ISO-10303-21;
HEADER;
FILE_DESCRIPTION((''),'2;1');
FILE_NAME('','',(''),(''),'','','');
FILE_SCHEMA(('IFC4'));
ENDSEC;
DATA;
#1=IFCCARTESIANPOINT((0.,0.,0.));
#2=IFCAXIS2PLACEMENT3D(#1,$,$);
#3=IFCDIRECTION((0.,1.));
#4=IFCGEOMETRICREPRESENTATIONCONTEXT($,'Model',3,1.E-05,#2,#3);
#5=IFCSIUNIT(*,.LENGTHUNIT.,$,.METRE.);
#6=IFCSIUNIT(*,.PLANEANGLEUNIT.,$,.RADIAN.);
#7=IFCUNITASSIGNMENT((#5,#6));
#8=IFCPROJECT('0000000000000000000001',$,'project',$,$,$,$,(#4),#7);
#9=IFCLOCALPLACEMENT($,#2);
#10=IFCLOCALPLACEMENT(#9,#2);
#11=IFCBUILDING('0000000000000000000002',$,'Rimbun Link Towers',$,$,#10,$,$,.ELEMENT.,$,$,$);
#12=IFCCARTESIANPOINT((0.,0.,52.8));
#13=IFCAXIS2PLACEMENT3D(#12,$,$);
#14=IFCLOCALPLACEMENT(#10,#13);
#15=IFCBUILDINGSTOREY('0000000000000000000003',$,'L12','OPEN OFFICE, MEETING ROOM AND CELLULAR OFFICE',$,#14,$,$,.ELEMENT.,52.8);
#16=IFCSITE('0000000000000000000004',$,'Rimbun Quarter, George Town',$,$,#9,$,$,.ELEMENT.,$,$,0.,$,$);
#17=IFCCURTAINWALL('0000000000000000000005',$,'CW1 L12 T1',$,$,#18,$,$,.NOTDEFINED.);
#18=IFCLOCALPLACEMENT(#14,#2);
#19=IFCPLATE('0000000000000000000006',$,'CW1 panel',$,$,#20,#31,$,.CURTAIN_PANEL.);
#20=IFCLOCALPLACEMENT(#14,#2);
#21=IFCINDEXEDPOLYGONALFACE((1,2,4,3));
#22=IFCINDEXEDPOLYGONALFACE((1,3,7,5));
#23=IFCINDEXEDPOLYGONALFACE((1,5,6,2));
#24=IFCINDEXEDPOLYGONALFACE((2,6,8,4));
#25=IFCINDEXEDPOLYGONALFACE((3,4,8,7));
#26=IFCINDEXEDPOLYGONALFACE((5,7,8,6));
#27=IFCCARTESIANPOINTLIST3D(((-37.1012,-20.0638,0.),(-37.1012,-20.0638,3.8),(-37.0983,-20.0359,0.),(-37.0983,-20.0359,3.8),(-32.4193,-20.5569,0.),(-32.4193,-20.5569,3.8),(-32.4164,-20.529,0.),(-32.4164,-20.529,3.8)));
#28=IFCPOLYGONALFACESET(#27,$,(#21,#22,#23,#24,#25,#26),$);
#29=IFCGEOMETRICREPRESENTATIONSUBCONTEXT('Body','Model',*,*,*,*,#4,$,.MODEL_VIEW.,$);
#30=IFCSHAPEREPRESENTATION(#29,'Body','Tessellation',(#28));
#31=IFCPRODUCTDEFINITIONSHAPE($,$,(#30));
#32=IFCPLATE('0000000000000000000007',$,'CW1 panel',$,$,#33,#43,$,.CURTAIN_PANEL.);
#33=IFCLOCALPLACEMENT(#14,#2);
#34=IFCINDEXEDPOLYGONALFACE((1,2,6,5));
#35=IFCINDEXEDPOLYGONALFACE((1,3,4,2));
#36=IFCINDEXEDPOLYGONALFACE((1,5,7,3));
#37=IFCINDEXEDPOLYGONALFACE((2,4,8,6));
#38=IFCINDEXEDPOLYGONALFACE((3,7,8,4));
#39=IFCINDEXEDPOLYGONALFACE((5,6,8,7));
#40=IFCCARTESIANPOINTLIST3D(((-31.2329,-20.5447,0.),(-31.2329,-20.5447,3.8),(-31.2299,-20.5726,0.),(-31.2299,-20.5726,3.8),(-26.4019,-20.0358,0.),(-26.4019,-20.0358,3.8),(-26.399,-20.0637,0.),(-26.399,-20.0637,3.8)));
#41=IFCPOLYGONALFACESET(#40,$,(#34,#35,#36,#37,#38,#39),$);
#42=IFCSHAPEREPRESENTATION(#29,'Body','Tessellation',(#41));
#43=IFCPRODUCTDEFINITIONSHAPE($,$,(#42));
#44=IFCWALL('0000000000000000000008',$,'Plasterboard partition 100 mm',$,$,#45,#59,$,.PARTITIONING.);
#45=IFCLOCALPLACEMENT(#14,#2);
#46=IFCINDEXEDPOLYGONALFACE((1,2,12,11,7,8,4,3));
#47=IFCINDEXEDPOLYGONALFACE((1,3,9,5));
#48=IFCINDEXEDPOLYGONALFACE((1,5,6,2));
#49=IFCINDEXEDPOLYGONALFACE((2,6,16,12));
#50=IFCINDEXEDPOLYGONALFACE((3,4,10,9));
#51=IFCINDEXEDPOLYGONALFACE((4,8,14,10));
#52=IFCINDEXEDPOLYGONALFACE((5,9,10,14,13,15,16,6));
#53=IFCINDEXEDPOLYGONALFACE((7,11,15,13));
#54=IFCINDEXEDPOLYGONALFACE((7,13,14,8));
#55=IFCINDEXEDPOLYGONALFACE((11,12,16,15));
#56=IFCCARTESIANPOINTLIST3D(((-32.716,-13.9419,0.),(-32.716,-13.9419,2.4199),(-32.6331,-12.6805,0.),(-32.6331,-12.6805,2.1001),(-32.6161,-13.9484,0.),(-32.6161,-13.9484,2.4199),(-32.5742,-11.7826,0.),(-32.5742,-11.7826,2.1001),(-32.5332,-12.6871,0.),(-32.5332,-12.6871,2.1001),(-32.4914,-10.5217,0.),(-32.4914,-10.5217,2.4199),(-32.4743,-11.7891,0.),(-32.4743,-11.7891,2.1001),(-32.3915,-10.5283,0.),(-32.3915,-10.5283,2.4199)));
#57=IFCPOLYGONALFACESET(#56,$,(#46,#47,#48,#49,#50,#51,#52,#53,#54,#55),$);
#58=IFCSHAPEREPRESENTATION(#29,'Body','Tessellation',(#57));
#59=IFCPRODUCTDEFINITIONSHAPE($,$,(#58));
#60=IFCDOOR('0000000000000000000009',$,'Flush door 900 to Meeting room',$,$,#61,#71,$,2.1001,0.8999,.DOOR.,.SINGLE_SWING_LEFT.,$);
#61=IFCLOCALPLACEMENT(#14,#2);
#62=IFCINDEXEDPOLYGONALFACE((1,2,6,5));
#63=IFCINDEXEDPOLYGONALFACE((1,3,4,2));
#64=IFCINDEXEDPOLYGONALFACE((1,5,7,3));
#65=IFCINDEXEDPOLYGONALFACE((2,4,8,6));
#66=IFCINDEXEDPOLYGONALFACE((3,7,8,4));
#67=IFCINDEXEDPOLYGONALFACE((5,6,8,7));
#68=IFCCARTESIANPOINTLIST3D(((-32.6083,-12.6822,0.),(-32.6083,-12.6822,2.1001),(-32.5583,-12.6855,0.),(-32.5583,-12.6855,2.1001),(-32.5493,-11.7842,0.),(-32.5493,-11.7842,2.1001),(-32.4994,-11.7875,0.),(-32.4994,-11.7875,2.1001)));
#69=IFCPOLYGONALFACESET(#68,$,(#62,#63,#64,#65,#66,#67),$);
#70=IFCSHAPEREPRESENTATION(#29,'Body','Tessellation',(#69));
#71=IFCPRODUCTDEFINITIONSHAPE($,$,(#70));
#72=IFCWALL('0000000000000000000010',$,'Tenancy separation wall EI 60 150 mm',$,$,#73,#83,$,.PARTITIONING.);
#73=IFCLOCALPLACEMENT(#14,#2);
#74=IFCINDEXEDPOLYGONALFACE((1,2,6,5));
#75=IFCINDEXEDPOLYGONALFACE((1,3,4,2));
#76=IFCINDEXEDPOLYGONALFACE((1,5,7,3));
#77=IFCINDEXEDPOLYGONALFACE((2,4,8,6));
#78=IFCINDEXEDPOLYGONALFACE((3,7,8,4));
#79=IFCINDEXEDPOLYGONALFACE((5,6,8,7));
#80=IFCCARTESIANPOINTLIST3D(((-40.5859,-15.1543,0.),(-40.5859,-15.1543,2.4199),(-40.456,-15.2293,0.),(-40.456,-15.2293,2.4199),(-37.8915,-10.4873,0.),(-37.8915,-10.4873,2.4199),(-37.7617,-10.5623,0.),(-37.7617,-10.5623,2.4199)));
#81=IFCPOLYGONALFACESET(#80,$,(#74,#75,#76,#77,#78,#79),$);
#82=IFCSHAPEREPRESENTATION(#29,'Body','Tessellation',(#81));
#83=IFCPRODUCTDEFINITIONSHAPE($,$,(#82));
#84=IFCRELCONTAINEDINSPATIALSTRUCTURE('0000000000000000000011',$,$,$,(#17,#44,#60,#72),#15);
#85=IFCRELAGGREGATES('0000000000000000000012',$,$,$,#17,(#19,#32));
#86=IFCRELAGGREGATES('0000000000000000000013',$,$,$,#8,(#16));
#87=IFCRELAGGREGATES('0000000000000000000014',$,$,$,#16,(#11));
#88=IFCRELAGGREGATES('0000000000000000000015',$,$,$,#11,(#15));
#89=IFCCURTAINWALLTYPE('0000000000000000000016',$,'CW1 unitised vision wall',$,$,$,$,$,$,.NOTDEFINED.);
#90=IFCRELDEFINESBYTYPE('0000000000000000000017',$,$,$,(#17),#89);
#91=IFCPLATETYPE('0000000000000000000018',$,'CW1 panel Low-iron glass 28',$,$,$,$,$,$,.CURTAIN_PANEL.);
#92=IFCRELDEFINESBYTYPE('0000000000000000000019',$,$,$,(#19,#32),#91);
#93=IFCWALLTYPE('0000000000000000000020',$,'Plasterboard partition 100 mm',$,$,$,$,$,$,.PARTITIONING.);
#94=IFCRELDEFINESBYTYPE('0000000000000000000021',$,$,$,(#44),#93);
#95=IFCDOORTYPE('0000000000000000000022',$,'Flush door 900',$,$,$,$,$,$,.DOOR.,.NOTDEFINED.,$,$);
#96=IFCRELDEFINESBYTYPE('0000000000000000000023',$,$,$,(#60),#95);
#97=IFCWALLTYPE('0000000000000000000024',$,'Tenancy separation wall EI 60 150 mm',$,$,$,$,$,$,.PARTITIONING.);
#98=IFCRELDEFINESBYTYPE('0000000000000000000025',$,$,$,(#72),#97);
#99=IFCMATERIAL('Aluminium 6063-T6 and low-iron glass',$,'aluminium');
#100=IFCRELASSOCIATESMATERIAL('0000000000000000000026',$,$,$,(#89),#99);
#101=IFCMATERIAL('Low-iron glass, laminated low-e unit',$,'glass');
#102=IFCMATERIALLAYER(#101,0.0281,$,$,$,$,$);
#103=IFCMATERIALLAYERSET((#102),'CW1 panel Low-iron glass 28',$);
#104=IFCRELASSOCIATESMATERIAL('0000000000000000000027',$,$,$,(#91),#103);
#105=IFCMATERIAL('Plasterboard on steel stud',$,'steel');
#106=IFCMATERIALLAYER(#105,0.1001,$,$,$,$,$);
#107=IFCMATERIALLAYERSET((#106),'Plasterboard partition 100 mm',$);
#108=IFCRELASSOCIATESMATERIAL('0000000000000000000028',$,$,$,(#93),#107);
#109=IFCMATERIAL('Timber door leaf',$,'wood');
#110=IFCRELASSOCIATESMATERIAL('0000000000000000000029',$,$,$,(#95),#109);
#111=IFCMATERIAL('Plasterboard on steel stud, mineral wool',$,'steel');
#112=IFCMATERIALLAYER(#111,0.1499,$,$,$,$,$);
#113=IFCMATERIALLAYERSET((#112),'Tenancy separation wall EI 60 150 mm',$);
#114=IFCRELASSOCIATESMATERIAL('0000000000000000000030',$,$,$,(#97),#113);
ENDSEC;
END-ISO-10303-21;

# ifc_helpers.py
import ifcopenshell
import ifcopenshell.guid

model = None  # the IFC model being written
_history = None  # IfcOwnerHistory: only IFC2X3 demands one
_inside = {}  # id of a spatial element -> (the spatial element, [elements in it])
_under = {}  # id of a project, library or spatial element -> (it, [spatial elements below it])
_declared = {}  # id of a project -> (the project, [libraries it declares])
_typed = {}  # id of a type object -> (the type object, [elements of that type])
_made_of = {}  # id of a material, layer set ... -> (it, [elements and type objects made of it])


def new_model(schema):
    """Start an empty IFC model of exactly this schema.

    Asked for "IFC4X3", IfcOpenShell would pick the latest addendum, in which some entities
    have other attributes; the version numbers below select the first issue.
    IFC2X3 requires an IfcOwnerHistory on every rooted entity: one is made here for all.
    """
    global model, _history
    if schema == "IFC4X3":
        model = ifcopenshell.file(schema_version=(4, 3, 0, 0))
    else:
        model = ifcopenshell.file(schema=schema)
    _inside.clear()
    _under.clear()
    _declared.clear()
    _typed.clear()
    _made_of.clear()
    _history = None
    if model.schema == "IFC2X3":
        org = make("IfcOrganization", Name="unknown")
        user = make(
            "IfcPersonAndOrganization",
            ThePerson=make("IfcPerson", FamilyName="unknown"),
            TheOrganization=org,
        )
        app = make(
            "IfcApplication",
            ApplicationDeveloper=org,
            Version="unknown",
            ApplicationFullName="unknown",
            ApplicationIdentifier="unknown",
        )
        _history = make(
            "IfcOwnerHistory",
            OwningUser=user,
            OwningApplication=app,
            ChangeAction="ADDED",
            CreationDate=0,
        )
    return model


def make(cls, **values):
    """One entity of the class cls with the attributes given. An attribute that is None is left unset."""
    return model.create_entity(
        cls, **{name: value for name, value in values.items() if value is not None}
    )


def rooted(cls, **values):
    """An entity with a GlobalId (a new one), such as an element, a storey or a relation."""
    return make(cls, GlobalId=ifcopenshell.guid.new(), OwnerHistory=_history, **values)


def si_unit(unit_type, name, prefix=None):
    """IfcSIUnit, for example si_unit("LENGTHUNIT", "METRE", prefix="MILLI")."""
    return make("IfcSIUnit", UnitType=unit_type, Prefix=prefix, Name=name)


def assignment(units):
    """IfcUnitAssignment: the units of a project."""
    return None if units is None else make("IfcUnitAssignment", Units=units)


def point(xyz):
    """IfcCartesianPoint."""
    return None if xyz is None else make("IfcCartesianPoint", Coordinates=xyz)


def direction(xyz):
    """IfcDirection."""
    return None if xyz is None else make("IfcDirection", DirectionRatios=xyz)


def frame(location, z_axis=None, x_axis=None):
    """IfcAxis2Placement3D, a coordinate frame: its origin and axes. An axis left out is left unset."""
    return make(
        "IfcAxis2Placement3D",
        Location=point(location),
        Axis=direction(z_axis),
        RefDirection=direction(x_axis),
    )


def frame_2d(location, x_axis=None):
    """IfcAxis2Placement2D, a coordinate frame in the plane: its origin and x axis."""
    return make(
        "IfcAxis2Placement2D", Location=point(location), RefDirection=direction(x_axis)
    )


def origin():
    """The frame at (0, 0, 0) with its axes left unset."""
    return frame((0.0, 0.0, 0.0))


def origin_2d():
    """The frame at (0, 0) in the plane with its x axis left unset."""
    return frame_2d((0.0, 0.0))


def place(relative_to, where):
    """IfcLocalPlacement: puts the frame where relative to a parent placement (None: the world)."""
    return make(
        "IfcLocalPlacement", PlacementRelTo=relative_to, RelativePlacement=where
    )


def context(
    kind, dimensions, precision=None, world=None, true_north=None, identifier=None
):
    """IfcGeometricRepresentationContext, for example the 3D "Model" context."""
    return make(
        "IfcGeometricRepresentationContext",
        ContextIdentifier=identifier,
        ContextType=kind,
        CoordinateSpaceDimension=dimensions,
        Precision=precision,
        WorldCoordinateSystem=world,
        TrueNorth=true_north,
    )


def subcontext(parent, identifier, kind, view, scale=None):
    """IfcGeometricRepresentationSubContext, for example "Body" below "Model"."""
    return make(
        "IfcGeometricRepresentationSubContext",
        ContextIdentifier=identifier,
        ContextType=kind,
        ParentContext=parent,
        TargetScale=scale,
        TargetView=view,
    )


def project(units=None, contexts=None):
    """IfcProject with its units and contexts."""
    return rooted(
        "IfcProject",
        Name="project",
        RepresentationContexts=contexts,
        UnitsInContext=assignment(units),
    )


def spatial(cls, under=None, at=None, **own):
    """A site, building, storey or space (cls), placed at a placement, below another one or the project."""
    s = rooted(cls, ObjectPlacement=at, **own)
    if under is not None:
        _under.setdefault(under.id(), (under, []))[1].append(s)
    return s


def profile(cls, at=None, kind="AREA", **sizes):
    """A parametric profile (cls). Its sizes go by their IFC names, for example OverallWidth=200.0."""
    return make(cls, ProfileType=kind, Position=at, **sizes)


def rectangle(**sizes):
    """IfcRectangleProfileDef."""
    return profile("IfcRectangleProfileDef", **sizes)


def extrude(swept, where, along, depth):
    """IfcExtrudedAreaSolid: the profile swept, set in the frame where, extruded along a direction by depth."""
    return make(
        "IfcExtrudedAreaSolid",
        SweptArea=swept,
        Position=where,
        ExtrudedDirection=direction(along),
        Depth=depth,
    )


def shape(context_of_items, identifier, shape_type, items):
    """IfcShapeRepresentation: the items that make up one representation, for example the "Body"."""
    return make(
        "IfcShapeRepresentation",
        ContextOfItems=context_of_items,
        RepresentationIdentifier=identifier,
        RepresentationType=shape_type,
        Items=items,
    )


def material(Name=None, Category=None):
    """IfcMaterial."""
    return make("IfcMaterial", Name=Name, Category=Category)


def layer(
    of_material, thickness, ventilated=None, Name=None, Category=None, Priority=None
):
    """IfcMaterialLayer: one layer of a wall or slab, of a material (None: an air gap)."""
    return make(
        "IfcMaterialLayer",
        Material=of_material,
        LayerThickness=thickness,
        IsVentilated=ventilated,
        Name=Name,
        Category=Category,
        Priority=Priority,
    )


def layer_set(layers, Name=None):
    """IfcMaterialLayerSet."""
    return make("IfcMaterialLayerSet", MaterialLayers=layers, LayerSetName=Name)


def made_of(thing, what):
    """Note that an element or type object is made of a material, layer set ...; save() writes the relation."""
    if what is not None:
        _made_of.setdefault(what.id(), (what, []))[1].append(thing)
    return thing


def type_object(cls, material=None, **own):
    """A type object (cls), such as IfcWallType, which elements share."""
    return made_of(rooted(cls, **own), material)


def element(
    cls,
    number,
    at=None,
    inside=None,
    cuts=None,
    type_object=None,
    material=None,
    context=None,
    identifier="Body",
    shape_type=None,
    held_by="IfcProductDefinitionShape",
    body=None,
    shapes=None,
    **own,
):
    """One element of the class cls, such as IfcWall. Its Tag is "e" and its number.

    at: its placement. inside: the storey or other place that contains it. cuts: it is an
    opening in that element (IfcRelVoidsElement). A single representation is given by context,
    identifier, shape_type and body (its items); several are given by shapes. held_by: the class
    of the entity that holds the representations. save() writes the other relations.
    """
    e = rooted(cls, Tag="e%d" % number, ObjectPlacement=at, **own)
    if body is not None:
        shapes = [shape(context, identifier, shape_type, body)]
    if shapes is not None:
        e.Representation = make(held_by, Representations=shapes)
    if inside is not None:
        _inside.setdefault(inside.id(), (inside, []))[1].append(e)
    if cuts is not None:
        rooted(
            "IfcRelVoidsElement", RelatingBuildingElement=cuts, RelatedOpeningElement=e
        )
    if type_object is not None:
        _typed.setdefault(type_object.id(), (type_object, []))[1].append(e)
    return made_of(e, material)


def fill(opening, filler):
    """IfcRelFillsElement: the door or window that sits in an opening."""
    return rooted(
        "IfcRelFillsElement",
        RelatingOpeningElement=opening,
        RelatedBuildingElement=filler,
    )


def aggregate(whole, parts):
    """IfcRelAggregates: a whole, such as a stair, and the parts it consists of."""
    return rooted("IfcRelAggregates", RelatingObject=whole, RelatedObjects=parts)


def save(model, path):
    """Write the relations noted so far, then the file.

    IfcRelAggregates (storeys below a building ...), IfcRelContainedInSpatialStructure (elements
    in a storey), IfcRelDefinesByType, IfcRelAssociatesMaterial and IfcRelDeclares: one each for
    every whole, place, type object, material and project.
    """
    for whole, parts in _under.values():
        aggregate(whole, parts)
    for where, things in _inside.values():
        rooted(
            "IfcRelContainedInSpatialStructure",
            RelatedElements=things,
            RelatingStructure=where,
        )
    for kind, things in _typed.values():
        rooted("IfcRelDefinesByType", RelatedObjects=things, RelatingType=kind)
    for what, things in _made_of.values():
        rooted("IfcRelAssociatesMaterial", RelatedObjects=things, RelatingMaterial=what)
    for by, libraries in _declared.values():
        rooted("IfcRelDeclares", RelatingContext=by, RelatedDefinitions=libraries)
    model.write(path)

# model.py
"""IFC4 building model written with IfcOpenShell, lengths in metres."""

from ifc_helpers import new_model, si_unit, direction, frame, frame_2d, origin, origin_2d, place, context, subcontext, project, spatial, rectangle, extrude, material, layer, layer_set, type_object, element, fill, aggregate, save


model = new_model("IFC4")

# Units and contexts
model_context = context("Model", 3, precision=1e-05, world=origin(), true_north=direction((0.0, 1.0)))
body_context = subcontext(model_context, "Body", "Model", "MODEL_VIEW")
ifc_project = project(units=[si_unit("LENGTHUNIT", "METRE"), si_unit("PLANEANGLEUNIT", "RADIAN")], contexts=[model_context])

# Site, building, storey
site_placement = place(None, origin())
site = spatial("IfcSite", under=ifc_project, at=site_placement, Name="Rimbun Quarter, George Town", CompositionType="ELEMENT", RefElevation=0.0)
building_placement = place(site_placement, origin())
building = spatial("IfcBuilding", under=site, at=building_placement, Name="Rimbun Link Towers", CompositionType="ELEMENT")
storey_placement = place(building_placement, frame((0.0, 0.0, 52.8)))
storey = spatial("IfcBuildingStorey", under=building, at=storey_placement, Name="L12", Description="OPEN OFFICE, MEETING ROOM AND CELLULAR OFFICE", CompositionType="ELEMENT", Elevation=52.8)

# Curtain wall
ifc_material_1 = material(Name="Aluminium 6063-T6 and low-iron glass", Category="aluminium")
curtain_wall_type = type_object("IfcCurtainWallType", Name="CW1 unitised vision wall", PredefinedType="NOTDEFINED", material=ifc_material_1)
curtain_wall_placement = place(storey_placement, origin())
curtain_wall = element("IfcCurtainWall", 1, at=curtain_wall_placement, inside=storey, type_object=curtain_wall_type, Name="CW1 L12 T1", PredefinedType="NOTDEFINED")

# Plates
ifc_material_2 = material(Name="Low-iron glass, laminated low-e unit", Category="glass")
ifc_layer_1 = layer(ifc_material_2, 0.0281)
ifc_layer_set_1 = layer_set([ifc_layer_1], Name="CW1 panel Low-iron glass 28")
plate_type = type_object("IfcPlateType", Name="CW1 panel Low-iron glass 28", PredefinedType="CURTAIN_PANEL", material=ifc_layer_set_1)
plate_1_placement = place(storey_placement, frame((-34.7588, -20.2964, 0.0), z_axis=(0.0, 0.0, 1.0), x_axis=(-0.994499, 0.104748, 0.0)))
plate_1 = element("IfcPlate", 2, at=plate_1_placement, type_object=plate_type, Name="CW1 panel", PredefinedType="CURTAIN_PANEL", context=body_context, shape_type="SweptSolid", body=[
    extrude(rectangle(XDim=4.7078, YDim=0.0281, at=origin_2d()), origin(), (0.0, 0.0, 1.0), 3.8),
])
plate_2_placement = place(storey_placement, frame((-28.8159, -20.3042, 0.0), z_axis=(0.0, 0.0, 1.0), x_axis=(-0.994499, -0.104748, 0.0)))
plate_2 = element("IfcPlate", 3, at=plate_2_placement, type_object=plate_type, Name="CW1 panel", PredefinedType="CURTAIN_PANEL", context=body_context, shape_type="SweptSolid", body=[
    extrude(rectangle(XDim=4.8577, YDim=0.0281, at=origin_2d()), origin(), (0.0, 0.0, 1.0), 3.8),
])
aggregate(curtain_wall, [plate_1, plate_2])

# Wall, opening, door
ifc_material_3 = material(Name="Plasterboard on steel stud", Category="steel")
ifc_layer_2 = layer(ifc_material_3, 0.1001)
ifc_layer_set_2 = layer_set([ifc_layer_2], Name="Plasterboard partition 100 mm")
wall_type_1 = type_object("IfcWallType", Name="Plasterboard partition 100 mm", PredefinedType="PARTITIONING", material=ifc_layer_set_2)
wall_1_placement = place(storey_placement, frame((-32.4414, -10.5249, 0.0), z_axis=(0.0, 0.0, 1.0), x_axis=(-0.065531, -0.997851, 0.0)))
wall_1 = element("IfcWall", 4, at=wall_1_placement, inside=storey, type_object=wall_type_1, Name="Plasterboard partition 100 mm", PredefinedType="PARTITIONING", context=body_context, shape_type="SweptSolid", body=[
    extrude(rectangle(XDim=3.4275, YDim=0.1001, at=frame_2d((1.7139, 0.0))), origin(), (0.0, 0.0, 1.0), 2.4199),
])
opening_placement = place(wall_1_placement, frame((1.2637, 0.0, 0.0)))
opening = element("IfcOpeningElement", 5, at=opening_placement, cuts=wall_1, PredefinedType="OPENING", context=body_context, shape_type="SweptSolid", body=[
    extrude(rectangle(XDim=0.8999, YDim=2.1001, at=frame_2d((0.45, 1.05))), frame((0.0, 0.0601, 0.0), z_axis=(0.0, -1.0, 0.0), x_axis=(1.0, 0.0, 0.0)), (0.0, 0.0, 1.0), 0.1201),
])
ifc_material_4 = material(Name="Timber door leaf", Category="wood")
door_type = type_object("IfcDoorType", Name="Flush door 900", OperationType="NOTDEFINED", PredefinedType="DOOR", material=ifc_material_4)
door_placement = place(opening_placement, origin())
door = element("IfcDoor", 6, at=door_placement, inside=storey, type_object=door_type, Name="Flush door 900 to Meeting room", OperationType="SINGLE_SWING_LEFT", OverallHeight=2.1001, OverallWidth=0.8999, PredefinedType="DOOR", context=body_context, shape_type="SweptSolid", body=[
    extrude(rectangle(XDim=0.8999, YDim=2.1001, at=frame_2d((0.45, 1.05))), frame((0.0, 0.0249, 0.0), z_axis=(0.0, -1.0, 0.0), x_axis=(1.0, 0.0, 0.0)), (0.0, 0.0, 1.0), 0.05),
])
fill(opening, door)

# Wall
ifc_material_5 = material(Name="Plasterboard on steel stud, mineral wool", Category="steel")
ifc_layer_3 = layer(ifc_material_5, 0.1499)
ifc_layer_set_3 = layer_set([ifc_layer_3], Name="Tenancy separation wall EI 60 150 mm")
wall_type_2 = type_object("IfcWallType", Name="Tenancy separation wall EI 60 150 mm", PredefinedType="PARTITIONING", material=ifc_layer_set_3)
wall_2_placement = place(storey_placement, frame((-37.8267, -10.5249, 0.0), z_axis=(0.0, 0.0, 1.0), x_axis=(-0.499979, -0.866038, 0.0)))
element("IfcWall", 7, at=wall_2_placement, inside=storey, type_object=wall_type_2, Name="Tenancy separation wall EI 60 150 mm", PredefinedType="PARTITIONING", context=body_context, shape_type="SweptSolid", body=[
    extrude(rectangle(XDim=5.3889, YDim=0.1499, at=frame_2d((2.6943, 0.0))), origin(), (0.0, 0.0, 1.0), 2.4199),
])

save(model, "model.ifc")
